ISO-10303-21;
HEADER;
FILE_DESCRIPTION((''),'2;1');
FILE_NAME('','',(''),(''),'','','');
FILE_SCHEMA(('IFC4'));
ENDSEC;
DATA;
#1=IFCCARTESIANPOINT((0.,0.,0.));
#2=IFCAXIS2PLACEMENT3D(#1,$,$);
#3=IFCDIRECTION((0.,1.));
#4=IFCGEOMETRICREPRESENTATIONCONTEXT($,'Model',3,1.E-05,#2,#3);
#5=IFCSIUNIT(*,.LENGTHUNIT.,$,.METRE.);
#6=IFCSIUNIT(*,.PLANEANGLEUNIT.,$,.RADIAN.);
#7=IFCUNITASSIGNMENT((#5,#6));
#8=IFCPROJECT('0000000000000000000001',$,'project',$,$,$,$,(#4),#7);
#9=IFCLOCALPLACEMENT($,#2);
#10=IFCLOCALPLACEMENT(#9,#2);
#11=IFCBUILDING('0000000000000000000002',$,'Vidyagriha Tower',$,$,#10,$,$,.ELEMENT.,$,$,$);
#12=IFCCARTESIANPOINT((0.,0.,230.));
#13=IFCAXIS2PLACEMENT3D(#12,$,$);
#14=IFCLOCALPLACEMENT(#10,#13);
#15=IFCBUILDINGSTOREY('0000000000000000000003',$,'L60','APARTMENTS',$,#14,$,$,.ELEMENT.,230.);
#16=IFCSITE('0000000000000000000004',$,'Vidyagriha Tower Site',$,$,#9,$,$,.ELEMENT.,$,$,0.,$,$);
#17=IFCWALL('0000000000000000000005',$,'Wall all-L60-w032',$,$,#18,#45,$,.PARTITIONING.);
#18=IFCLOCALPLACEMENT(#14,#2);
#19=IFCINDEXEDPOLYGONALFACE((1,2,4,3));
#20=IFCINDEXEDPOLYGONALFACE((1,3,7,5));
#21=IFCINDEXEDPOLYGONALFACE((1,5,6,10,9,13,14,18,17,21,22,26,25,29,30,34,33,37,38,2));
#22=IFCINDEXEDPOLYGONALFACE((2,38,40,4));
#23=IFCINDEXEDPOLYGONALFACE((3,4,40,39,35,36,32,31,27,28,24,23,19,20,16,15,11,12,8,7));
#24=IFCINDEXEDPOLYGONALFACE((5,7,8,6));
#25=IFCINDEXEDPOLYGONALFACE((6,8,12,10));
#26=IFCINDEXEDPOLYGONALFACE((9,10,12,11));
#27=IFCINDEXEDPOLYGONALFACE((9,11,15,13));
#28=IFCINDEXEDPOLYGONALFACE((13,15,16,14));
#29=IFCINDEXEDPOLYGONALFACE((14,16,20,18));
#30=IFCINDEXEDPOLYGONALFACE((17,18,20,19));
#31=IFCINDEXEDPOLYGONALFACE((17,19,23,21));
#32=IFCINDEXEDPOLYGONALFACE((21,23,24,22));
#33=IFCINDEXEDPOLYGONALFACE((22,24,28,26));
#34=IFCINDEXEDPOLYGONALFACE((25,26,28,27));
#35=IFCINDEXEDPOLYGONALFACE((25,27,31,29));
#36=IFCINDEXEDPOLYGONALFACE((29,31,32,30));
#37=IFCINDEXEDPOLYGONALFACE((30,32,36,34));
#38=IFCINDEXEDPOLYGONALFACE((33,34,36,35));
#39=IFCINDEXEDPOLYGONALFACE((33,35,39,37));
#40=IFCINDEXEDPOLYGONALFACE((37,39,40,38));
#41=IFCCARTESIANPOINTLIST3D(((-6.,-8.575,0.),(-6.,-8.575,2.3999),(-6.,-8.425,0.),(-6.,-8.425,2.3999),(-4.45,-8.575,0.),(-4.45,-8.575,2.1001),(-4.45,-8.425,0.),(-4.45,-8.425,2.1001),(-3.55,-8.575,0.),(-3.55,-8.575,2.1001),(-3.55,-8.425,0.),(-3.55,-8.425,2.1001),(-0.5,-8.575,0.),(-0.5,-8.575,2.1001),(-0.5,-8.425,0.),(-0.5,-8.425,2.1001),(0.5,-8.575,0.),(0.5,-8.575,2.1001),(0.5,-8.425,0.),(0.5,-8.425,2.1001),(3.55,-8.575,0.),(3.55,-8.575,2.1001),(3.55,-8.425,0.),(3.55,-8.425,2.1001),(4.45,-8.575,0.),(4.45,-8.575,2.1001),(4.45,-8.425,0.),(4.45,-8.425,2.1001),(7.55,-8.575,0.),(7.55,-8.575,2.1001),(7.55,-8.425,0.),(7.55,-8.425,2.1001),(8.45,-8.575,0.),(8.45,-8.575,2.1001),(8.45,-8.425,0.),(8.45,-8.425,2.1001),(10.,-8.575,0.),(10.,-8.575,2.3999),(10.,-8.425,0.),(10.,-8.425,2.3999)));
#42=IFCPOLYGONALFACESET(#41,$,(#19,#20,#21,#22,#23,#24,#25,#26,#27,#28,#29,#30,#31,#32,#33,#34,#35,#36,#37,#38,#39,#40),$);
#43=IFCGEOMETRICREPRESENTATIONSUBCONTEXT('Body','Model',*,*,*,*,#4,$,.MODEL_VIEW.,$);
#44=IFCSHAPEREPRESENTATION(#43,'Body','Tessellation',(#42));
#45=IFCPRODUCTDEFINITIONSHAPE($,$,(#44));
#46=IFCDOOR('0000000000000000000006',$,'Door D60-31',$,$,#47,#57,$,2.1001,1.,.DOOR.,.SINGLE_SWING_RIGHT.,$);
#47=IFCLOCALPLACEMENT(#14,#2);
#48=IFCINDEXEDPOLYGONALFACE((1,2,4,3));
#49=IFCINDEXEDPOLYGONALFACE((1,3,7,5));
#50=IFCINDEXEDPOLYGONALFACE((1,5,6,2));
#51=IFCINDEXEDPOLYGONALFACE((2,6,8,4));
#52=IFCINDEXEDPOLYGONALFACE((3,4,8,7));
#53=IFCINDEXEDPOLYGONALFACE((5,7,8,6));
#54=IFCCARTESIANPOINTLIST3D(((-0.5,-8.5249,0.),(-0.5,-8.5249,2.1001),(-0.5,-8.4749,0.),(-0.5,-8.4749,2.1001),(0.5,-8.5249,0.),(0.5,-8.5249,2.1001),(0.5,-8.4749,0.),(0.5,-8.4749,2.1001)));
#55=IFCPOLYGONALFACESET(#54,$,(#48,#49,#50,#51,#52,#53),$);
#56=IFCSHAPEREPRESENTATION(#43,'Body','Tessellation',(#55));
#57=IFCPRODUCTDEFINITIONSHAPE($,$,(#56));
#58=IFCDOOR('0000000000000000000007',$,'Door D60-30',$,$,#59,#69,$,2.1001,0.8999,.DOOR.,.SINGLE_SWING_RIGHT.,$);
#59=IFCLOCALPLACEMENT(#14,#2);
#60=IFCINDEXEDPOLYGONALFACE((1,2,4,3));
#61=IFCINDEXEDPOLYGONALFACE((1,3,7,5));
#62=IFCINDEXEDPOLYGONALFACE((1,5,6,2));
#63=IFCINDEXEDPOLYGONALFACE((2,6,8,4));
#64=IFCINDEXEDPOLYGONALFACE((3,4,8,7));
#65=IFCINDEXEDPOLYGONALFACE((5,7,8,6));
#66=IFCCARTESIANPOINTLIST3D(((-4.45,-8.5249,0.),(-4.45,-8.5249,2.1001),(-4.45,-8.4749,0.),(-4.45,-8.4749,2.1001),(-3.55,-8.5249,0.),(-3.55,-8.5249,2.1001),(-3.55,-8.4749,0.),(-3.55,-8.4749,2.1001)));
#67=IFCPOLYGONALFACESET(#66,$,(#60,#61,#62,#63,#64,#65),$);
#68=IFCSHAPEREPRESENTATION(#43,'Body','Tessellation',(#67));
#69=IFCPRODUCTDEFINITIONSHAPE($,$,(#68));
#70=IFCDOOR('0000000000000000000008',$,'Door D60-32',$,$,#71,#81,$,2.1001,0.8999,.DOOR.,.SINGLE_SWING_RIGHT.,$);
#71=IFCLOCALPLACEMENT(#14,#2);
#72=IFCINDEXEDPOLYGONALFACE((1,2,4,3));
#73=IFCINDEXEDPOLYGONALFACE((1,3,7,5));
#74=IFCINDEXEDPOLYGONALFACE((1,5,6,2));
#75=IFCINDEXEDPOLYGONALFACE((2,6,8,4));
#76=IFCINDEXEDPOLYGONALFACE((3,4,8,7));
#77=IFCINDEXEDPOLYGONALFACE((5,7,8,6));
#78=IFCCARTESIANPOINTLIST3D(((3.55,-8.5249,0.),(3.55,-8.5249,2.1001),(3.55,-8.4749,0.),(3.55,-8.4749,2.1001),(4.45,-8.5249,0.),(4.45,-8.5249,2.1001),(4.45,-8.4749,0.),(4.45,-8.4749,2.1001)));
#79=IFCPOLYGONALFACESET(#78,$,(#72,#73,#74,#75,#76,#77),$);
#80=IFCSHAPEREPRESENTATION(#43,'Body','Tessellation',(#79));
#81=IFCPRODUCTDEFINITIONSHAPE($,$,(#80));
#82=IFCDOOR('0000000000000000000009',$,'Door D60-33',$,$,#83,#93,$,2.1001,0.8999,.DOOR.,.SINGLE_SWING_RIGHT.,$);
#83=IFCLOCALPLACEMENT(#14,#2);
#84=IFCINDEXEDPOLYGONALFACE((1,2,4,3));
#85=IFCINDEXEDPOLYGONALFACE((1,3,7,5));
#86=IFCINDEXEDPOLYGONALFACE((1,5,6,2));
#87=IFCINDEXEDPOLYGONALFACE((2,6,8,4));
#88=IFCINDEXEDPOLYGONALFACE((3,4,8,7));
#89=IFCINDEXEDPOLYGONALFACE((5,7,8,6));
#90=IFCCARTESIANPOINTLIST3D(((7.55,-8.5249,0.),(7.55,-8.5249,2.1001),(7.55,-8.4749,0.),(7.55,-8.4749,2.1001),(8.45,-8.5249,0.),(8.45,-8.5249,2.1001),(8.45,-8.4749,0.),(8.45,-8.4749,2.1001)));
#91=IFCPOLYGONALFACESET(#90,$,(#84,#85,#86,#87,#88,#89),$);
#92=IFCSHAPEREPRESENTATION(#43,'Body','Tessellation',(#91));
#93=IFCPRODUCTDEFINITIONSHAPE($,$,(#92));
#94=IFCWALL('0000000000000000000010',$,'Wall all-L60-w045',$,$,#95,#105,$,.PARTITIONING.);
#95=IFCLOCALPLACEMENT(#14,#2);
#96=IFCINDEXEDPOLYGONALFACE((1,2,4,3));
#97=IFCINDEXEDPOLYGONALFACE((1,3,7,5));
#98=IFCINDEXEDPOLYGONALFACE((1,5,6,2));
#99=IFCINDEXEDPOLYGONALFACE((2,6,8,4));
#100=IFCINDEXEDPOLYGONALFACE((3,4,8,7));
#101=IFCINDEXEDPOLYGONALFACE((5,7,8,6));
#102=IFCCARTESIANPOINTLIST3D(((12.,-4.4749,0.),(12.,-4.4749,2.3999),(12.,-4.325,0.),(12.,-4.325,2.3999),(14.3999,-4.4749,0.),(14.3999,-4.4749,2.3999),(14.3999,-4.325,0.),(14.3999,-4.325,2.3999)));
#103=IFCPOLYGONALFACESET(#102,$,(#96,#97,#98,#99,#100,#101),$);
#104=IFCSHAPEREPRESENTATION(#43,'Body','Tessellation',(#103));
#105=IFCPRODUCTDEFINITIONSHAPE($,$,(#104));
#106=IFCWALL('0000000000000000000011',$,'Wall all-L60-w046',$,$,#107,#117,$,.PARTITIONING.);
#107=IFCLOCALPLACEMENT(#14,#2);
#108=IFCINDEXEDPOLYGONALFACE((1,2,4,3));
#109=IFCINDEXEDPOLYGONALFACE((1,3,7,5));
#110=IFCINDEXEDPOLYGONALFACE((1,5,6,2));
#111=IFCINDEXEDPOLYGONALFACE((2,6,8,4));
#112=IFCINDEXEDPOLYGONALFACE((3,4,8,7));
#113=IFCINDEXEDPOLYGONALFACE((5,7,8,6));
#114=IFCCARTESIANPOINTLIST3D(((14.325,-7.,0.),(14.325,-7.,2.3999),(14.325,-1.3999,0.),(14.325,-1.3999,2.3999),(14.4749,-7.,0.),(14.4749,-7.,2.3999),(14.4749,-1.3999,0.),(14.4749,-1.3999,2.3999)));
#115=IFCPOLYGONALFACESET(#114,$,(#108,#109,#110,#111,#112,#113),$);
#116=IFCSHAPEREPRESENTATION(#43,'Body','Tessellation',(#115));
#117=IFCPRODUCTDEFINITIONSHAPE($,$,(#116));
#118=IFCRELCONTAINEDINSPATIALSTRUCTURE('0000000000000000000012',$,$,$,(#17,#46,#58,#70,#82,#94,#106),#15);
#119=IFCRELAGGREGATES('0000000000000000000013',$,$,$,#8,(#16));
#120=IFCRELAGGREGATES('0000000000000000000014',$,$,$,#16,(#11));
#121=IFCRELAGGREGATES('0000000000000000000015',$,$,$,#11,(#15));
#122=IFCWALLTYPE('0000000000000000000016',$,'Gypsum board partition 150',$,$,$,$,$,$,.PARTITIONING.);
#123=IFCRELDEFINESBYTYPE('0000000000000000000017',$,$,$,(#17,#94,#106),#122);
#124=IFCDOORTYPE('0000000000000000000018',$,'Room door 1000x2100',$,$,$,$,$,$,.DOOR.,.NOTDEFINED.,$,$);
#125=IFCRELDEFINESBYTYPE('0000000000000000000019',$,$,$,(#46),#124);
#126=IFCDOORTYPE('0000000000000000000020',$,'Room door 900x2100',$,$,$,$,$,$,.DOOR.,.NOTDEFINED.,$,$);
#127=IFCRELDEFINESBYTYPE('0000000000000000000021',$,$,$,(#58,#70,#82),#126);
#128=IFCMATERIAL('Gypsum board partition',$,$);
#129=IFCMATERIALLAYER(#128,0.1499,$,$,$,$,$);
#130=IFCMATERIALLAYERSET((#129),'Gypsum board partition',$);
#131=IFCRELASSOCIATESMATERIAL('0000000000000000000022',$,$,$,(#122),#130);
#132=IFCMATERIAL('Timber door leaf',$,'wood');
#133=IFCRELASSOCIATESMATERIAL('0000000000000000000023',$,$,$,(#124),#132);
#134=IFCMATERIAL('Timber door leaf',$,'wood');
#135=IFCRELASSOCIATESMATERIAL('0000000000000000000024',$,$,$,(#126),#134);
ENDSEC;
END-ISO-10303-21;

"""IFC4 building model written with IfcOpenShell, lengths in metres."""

from ifc_helpers import new_model, si_unit, direction, frame, frame_2d, origin, place, context, subcontext, project, spatial, rectangle, extrude, material, layer, layer_set, type_object, element, fill, save


model = new_model("IFC4")

# Units and contexts
model_context = context("Model", 3, precision=1e-05, world=origin(), true_north=direction((0.0, 1.0)))
body_context = subcontext(model_context, "Body", "Model", "MODEL_VIEW")
ifc_project = project(units=[si_unit("LENGTHUNIT", "METRE"), si_unit("PLANEANGLEUNIT", "RADIAN")], contexts=[model_context])

# Site, building, storey
site_placement = place(None, origin())
site = spatial("IfcSite", under=ifc_project, at=site_placement, Name="Vidyagriha Tower Site", CompositionType="ELEMENT", RefElevation=0.0)
building_placement = place(site_placement, origin())
building = spatial("IfcBuilding", under=site, at=building_placement, Name="Vidyagriha Tower", CompositionType="ELEMENT")
storey_placement = place(building_placement, frame((0.0, 0.0, 230.0)))
storey = spatial("IfcBuildingStorey", under=building, at=storey_placement, Name="L60", Description="APARTMENTS", CompositionType="ELEMENT", Elevation=230.0)

# Wall, openings, doors
ifc_material_1 = material(Name="Gypsum board partition")
ifc_layer_1 = layer(ifc_material_1, 0.1499)
ifc_layer_set_1 = layer_set([ifc_layer_1], Name="Gypsum board partition")
wall_type_1 = type_object("IfcWallType", Name="Gypsum board partition 150", PredefinedType="PARTITIONING", material=ifc_layer_set_1)
wall_1_placement = place(storey_placement, frame((10.0, -8.5, 0.0), z_axis=(0.0, 0.0, 1.0), x_axis=(-1.0, 0.0, 0.0)))
wall_1 = element("IfcWall", 1, at=wall_1_placement, inside=storey, type_object=wall_type_1, Name="Wall all-L60-w032", PredefinedType="PARTITIONING", context=body_context, shape_type="SweptSolid", body=[
    extrude(rectangle(XDim=16.0, YDim=0.1499, at=frame_2d((8.0, 0.0))), origin(), (0.0, 0.0, 1.0), 2.3999),
])
opening_1_placement = place(wall_1_placement, frame((13.55, 0.0, 0.0)))
opening_1 = element("IfcOpeningElement", 2, at=opening_1_placement, cuts=wall_1, PredefinedType="OPENING", context=body_context, shape_type="SweptSolid", body=[
    extrude(rectangle(XDim=0.8999, YDim=2.1001, at=frame_2d((0.45, 1.05))), frame((0.0, 0.085, 0.0), z_axis=(0.0, -1.0, 0.0), x_axis=(1.0, 0.0, 0.0)), (0.0, 0.0, 1.0), 0.1699),
])
opening_2_placement = place(wall_1_placement, frame((9.5, 0.0, 0.0)))
opening_2 = element("IfcOpeningElement", 3, at=opening_2_placement, cuts=wall_1, PredefinedType="OPENING", context=body_context, shape_type="SweptSolid", body=[
    extrude(rectangle(XDim=1.0, YDim=2.1001, at=frame_2d((0.5, 1.05))), frame((0.0, 0.085, 0.0), z_axis=(0.0, -1.0, 0.0), x_axis=(1.0, 0.0, 0.0)), (0.0, 0.0, 1.0), 0.1699),
])
opening_3_placement = place(wall_1_placement, frame((5.55, 0.0, 0.0)))
opening_3 = element("IfcOpeningElement", 4, at=opening_3_placement, cuts=wall_1, PredefinedType="OPENING", context=body_context, shape_type="SweptSolid", body=[
    extrude(rectangle(XDim=0.8999, YDim=2.1001, at=frame_2d((0.45, 1.05))), frame((0.0, 0.085, 0.0), z_axis=(0.0, -1.0, 0.0), x_axis=(1.0, 0.0, 0.0)), (0.0, 0.0, 1.0), 0.1699),
])
opening_4_placement = place(wall_1_placement, frame((1.55, 0.0, 0.0)))
opening_4 = element("IfcOpeningElement", 5, at=opening_4_placement, cuts=wall_1, PredefinedType="OPENING", context=body_context, shape_type="SweptSolid", body=[
    extrude(rectangle(XDim=0.8999, YDim=2.1001, at=frame_2d((0.45, 1.05))), frame((0.0, 0.085, 0.0), z_axis=(0.0, -1.0, 0.0), x_axis=(1.0, 0.0, 0.0)), (0.0, 0.0, 1.0), 0.1699),
])
ifc_material_2 = material(Name="Timber door leaf", Category="wood")
door_type_1 = type_object("IfcDoorType", Name="Room door 1000x2100", OperationType="NOTDEFINED", PredefinedType="DOOR", material=ifc_material_2)
door_1_placement = place(opening_2_placement, origin())
door_1 = element("IfcDoor", 6, at=door_1_placement, inside=storey, type_object=door_type_1, Name="Door D60-31", OperationType="SINGLE_SWING_RIGHT", OverallHeight=2.1001, OverallWidth=1.0, PredefinedType="DOOR", context=body_context, shape_type="SweptSolid", body=[
    extrude(rectangle(XDim=1.0, YDim=2.1001, at=frame_2d((0.5, 1.05))), frame((0.0, 0.0249, 0.0), z_axis=(0.0, -1.0, 0.0), x_axis=(1.0, 0.0, 0.0)), (0.0, 0.0, 1.0), 0.05),
])
fill(opening_2, door_1)
ifc_material_3 = material(Name="Timber door leaf", Category="wood")
door_type_2 = type_object("IfcDoorType", Name="Room door 900x2100", OperationType="NOTDEFINED", PredefinedType="DOOR", material=ifc_material_3)
door_2_placement = place(opening_1_placement, origin())
door_2 = element("IfcDoor", 7, at=door_2_placement, inside=storey, type_object=door_type_2, Name="Door D60-30", OperationType="SINGLE_SWING_RIGHT", OverallHeight=2.1001, OverallWidth=0.8999, PredefinedType="DOOR", context=body_context, shape_type="SweptSolid", body=[
    extrude(rectangle(XDim=0.8999, YDim=2.1001, at=frame_2d((0.45, 1.05))), frame((0.0, 0.0249, 0.0), z_axis=(0.0, -1.0, 0.0), x_axis=(1.0, 0.0, 0.0)), (0.0, 0.0, 1.0), 0.05),
])
fill(opening_1, door_2)
door_3_placement = place(opening_3_placement, origin())
door_3 = element("IfcDoor", 8, at=door_3_placement, inside=storey, type_object=door_type_2, Name="Door D60-32", OperationType="SINGLE_SWING_RIGHT", OverallHeight=2.1001, OverallWidth=0.8999, PredefinedType="DOOR", context=body_context, shape_type="SweptSolid", body=[
    extrude(rectangle(XDim=0.8999, YDim=2.1001, at=frame_2d((0.45, 1.05))), frame((0.0, 0.0249, 0.0), z_axis=(0.0, -1.0, 0.0), x_axis=(1.0, 0.0, 0.0)), (0.0, 0.0, 1.0), 0.05),
])
fill(opening_3, door_3)
door_4_placement = place(opening_4_placement, origin())
door_4 = element("IfcDoor", 9, at=door_4_placement, inside=storey, type_object=door_type_2, Name="Door D60-33", OperationType="SINGLE_SWING_RIGHT", OverallHeight=2.1001, OverallWidth=0.8999, PredefinedType="DOOR", context=body_context, shape_type="SweptSolid", body=[
    extrude(rectangle(XDim=0.8999, YDim=2.1001, at=frame_2d((0.45, 1.05))), frame((0.0, 0.0249, 0.0), z_axis=(0.0, -1.0, 0.0), x_axis=(1.0, 0.0, 0.0)), (0.0, 0.0, 1.0), 0.05),
])
fill(opening_4, door_4)

# Walls
wall_2_placement = place(storey_placement, frame((14.3999, -4.3999, 0.0), z_axis=(0.0, 0.0, 1.0), x_axis=(-1.0, 0.0, 0.0)))
element("IfcWall", 10, at=wall_2_placement, inside=storey, type_object=wall_type_1, Name="Wall all-L60-w045", PredefinedType="PARTITIONING", context=body_context, shape_type="SweptSolid", body=[
    extrude(rectangle(XDim=2.3999, YDim=0.1499, at=frame_2d((1.2, 0.0))), origin(), (0.0, 0.0, 1.0), 2.3999),
])
wall_3_placement = place(storey_placement, frame((14.3999, -1.3999, 0.0), z_axis=(0.0, 0.0, 1.0), x_axis=(0.0, -1.0, 0.0)))
element("IfcWall", 11, at=wall_3_placement, inside=storey, type_object=wall_type_1, Name="Wall all-L60-w046", PredefinedType="PARTITIONING", context=body_context, shape_type="SweptSolid", body=[
    extrude(rectangle(XDim=5.6001, YDim=0.1499, at=frame_2d((2.8, 0.0))), origin(), (0.0, 0.0, 1.0), 2.3999),
])

save(model, "model.ifc")
